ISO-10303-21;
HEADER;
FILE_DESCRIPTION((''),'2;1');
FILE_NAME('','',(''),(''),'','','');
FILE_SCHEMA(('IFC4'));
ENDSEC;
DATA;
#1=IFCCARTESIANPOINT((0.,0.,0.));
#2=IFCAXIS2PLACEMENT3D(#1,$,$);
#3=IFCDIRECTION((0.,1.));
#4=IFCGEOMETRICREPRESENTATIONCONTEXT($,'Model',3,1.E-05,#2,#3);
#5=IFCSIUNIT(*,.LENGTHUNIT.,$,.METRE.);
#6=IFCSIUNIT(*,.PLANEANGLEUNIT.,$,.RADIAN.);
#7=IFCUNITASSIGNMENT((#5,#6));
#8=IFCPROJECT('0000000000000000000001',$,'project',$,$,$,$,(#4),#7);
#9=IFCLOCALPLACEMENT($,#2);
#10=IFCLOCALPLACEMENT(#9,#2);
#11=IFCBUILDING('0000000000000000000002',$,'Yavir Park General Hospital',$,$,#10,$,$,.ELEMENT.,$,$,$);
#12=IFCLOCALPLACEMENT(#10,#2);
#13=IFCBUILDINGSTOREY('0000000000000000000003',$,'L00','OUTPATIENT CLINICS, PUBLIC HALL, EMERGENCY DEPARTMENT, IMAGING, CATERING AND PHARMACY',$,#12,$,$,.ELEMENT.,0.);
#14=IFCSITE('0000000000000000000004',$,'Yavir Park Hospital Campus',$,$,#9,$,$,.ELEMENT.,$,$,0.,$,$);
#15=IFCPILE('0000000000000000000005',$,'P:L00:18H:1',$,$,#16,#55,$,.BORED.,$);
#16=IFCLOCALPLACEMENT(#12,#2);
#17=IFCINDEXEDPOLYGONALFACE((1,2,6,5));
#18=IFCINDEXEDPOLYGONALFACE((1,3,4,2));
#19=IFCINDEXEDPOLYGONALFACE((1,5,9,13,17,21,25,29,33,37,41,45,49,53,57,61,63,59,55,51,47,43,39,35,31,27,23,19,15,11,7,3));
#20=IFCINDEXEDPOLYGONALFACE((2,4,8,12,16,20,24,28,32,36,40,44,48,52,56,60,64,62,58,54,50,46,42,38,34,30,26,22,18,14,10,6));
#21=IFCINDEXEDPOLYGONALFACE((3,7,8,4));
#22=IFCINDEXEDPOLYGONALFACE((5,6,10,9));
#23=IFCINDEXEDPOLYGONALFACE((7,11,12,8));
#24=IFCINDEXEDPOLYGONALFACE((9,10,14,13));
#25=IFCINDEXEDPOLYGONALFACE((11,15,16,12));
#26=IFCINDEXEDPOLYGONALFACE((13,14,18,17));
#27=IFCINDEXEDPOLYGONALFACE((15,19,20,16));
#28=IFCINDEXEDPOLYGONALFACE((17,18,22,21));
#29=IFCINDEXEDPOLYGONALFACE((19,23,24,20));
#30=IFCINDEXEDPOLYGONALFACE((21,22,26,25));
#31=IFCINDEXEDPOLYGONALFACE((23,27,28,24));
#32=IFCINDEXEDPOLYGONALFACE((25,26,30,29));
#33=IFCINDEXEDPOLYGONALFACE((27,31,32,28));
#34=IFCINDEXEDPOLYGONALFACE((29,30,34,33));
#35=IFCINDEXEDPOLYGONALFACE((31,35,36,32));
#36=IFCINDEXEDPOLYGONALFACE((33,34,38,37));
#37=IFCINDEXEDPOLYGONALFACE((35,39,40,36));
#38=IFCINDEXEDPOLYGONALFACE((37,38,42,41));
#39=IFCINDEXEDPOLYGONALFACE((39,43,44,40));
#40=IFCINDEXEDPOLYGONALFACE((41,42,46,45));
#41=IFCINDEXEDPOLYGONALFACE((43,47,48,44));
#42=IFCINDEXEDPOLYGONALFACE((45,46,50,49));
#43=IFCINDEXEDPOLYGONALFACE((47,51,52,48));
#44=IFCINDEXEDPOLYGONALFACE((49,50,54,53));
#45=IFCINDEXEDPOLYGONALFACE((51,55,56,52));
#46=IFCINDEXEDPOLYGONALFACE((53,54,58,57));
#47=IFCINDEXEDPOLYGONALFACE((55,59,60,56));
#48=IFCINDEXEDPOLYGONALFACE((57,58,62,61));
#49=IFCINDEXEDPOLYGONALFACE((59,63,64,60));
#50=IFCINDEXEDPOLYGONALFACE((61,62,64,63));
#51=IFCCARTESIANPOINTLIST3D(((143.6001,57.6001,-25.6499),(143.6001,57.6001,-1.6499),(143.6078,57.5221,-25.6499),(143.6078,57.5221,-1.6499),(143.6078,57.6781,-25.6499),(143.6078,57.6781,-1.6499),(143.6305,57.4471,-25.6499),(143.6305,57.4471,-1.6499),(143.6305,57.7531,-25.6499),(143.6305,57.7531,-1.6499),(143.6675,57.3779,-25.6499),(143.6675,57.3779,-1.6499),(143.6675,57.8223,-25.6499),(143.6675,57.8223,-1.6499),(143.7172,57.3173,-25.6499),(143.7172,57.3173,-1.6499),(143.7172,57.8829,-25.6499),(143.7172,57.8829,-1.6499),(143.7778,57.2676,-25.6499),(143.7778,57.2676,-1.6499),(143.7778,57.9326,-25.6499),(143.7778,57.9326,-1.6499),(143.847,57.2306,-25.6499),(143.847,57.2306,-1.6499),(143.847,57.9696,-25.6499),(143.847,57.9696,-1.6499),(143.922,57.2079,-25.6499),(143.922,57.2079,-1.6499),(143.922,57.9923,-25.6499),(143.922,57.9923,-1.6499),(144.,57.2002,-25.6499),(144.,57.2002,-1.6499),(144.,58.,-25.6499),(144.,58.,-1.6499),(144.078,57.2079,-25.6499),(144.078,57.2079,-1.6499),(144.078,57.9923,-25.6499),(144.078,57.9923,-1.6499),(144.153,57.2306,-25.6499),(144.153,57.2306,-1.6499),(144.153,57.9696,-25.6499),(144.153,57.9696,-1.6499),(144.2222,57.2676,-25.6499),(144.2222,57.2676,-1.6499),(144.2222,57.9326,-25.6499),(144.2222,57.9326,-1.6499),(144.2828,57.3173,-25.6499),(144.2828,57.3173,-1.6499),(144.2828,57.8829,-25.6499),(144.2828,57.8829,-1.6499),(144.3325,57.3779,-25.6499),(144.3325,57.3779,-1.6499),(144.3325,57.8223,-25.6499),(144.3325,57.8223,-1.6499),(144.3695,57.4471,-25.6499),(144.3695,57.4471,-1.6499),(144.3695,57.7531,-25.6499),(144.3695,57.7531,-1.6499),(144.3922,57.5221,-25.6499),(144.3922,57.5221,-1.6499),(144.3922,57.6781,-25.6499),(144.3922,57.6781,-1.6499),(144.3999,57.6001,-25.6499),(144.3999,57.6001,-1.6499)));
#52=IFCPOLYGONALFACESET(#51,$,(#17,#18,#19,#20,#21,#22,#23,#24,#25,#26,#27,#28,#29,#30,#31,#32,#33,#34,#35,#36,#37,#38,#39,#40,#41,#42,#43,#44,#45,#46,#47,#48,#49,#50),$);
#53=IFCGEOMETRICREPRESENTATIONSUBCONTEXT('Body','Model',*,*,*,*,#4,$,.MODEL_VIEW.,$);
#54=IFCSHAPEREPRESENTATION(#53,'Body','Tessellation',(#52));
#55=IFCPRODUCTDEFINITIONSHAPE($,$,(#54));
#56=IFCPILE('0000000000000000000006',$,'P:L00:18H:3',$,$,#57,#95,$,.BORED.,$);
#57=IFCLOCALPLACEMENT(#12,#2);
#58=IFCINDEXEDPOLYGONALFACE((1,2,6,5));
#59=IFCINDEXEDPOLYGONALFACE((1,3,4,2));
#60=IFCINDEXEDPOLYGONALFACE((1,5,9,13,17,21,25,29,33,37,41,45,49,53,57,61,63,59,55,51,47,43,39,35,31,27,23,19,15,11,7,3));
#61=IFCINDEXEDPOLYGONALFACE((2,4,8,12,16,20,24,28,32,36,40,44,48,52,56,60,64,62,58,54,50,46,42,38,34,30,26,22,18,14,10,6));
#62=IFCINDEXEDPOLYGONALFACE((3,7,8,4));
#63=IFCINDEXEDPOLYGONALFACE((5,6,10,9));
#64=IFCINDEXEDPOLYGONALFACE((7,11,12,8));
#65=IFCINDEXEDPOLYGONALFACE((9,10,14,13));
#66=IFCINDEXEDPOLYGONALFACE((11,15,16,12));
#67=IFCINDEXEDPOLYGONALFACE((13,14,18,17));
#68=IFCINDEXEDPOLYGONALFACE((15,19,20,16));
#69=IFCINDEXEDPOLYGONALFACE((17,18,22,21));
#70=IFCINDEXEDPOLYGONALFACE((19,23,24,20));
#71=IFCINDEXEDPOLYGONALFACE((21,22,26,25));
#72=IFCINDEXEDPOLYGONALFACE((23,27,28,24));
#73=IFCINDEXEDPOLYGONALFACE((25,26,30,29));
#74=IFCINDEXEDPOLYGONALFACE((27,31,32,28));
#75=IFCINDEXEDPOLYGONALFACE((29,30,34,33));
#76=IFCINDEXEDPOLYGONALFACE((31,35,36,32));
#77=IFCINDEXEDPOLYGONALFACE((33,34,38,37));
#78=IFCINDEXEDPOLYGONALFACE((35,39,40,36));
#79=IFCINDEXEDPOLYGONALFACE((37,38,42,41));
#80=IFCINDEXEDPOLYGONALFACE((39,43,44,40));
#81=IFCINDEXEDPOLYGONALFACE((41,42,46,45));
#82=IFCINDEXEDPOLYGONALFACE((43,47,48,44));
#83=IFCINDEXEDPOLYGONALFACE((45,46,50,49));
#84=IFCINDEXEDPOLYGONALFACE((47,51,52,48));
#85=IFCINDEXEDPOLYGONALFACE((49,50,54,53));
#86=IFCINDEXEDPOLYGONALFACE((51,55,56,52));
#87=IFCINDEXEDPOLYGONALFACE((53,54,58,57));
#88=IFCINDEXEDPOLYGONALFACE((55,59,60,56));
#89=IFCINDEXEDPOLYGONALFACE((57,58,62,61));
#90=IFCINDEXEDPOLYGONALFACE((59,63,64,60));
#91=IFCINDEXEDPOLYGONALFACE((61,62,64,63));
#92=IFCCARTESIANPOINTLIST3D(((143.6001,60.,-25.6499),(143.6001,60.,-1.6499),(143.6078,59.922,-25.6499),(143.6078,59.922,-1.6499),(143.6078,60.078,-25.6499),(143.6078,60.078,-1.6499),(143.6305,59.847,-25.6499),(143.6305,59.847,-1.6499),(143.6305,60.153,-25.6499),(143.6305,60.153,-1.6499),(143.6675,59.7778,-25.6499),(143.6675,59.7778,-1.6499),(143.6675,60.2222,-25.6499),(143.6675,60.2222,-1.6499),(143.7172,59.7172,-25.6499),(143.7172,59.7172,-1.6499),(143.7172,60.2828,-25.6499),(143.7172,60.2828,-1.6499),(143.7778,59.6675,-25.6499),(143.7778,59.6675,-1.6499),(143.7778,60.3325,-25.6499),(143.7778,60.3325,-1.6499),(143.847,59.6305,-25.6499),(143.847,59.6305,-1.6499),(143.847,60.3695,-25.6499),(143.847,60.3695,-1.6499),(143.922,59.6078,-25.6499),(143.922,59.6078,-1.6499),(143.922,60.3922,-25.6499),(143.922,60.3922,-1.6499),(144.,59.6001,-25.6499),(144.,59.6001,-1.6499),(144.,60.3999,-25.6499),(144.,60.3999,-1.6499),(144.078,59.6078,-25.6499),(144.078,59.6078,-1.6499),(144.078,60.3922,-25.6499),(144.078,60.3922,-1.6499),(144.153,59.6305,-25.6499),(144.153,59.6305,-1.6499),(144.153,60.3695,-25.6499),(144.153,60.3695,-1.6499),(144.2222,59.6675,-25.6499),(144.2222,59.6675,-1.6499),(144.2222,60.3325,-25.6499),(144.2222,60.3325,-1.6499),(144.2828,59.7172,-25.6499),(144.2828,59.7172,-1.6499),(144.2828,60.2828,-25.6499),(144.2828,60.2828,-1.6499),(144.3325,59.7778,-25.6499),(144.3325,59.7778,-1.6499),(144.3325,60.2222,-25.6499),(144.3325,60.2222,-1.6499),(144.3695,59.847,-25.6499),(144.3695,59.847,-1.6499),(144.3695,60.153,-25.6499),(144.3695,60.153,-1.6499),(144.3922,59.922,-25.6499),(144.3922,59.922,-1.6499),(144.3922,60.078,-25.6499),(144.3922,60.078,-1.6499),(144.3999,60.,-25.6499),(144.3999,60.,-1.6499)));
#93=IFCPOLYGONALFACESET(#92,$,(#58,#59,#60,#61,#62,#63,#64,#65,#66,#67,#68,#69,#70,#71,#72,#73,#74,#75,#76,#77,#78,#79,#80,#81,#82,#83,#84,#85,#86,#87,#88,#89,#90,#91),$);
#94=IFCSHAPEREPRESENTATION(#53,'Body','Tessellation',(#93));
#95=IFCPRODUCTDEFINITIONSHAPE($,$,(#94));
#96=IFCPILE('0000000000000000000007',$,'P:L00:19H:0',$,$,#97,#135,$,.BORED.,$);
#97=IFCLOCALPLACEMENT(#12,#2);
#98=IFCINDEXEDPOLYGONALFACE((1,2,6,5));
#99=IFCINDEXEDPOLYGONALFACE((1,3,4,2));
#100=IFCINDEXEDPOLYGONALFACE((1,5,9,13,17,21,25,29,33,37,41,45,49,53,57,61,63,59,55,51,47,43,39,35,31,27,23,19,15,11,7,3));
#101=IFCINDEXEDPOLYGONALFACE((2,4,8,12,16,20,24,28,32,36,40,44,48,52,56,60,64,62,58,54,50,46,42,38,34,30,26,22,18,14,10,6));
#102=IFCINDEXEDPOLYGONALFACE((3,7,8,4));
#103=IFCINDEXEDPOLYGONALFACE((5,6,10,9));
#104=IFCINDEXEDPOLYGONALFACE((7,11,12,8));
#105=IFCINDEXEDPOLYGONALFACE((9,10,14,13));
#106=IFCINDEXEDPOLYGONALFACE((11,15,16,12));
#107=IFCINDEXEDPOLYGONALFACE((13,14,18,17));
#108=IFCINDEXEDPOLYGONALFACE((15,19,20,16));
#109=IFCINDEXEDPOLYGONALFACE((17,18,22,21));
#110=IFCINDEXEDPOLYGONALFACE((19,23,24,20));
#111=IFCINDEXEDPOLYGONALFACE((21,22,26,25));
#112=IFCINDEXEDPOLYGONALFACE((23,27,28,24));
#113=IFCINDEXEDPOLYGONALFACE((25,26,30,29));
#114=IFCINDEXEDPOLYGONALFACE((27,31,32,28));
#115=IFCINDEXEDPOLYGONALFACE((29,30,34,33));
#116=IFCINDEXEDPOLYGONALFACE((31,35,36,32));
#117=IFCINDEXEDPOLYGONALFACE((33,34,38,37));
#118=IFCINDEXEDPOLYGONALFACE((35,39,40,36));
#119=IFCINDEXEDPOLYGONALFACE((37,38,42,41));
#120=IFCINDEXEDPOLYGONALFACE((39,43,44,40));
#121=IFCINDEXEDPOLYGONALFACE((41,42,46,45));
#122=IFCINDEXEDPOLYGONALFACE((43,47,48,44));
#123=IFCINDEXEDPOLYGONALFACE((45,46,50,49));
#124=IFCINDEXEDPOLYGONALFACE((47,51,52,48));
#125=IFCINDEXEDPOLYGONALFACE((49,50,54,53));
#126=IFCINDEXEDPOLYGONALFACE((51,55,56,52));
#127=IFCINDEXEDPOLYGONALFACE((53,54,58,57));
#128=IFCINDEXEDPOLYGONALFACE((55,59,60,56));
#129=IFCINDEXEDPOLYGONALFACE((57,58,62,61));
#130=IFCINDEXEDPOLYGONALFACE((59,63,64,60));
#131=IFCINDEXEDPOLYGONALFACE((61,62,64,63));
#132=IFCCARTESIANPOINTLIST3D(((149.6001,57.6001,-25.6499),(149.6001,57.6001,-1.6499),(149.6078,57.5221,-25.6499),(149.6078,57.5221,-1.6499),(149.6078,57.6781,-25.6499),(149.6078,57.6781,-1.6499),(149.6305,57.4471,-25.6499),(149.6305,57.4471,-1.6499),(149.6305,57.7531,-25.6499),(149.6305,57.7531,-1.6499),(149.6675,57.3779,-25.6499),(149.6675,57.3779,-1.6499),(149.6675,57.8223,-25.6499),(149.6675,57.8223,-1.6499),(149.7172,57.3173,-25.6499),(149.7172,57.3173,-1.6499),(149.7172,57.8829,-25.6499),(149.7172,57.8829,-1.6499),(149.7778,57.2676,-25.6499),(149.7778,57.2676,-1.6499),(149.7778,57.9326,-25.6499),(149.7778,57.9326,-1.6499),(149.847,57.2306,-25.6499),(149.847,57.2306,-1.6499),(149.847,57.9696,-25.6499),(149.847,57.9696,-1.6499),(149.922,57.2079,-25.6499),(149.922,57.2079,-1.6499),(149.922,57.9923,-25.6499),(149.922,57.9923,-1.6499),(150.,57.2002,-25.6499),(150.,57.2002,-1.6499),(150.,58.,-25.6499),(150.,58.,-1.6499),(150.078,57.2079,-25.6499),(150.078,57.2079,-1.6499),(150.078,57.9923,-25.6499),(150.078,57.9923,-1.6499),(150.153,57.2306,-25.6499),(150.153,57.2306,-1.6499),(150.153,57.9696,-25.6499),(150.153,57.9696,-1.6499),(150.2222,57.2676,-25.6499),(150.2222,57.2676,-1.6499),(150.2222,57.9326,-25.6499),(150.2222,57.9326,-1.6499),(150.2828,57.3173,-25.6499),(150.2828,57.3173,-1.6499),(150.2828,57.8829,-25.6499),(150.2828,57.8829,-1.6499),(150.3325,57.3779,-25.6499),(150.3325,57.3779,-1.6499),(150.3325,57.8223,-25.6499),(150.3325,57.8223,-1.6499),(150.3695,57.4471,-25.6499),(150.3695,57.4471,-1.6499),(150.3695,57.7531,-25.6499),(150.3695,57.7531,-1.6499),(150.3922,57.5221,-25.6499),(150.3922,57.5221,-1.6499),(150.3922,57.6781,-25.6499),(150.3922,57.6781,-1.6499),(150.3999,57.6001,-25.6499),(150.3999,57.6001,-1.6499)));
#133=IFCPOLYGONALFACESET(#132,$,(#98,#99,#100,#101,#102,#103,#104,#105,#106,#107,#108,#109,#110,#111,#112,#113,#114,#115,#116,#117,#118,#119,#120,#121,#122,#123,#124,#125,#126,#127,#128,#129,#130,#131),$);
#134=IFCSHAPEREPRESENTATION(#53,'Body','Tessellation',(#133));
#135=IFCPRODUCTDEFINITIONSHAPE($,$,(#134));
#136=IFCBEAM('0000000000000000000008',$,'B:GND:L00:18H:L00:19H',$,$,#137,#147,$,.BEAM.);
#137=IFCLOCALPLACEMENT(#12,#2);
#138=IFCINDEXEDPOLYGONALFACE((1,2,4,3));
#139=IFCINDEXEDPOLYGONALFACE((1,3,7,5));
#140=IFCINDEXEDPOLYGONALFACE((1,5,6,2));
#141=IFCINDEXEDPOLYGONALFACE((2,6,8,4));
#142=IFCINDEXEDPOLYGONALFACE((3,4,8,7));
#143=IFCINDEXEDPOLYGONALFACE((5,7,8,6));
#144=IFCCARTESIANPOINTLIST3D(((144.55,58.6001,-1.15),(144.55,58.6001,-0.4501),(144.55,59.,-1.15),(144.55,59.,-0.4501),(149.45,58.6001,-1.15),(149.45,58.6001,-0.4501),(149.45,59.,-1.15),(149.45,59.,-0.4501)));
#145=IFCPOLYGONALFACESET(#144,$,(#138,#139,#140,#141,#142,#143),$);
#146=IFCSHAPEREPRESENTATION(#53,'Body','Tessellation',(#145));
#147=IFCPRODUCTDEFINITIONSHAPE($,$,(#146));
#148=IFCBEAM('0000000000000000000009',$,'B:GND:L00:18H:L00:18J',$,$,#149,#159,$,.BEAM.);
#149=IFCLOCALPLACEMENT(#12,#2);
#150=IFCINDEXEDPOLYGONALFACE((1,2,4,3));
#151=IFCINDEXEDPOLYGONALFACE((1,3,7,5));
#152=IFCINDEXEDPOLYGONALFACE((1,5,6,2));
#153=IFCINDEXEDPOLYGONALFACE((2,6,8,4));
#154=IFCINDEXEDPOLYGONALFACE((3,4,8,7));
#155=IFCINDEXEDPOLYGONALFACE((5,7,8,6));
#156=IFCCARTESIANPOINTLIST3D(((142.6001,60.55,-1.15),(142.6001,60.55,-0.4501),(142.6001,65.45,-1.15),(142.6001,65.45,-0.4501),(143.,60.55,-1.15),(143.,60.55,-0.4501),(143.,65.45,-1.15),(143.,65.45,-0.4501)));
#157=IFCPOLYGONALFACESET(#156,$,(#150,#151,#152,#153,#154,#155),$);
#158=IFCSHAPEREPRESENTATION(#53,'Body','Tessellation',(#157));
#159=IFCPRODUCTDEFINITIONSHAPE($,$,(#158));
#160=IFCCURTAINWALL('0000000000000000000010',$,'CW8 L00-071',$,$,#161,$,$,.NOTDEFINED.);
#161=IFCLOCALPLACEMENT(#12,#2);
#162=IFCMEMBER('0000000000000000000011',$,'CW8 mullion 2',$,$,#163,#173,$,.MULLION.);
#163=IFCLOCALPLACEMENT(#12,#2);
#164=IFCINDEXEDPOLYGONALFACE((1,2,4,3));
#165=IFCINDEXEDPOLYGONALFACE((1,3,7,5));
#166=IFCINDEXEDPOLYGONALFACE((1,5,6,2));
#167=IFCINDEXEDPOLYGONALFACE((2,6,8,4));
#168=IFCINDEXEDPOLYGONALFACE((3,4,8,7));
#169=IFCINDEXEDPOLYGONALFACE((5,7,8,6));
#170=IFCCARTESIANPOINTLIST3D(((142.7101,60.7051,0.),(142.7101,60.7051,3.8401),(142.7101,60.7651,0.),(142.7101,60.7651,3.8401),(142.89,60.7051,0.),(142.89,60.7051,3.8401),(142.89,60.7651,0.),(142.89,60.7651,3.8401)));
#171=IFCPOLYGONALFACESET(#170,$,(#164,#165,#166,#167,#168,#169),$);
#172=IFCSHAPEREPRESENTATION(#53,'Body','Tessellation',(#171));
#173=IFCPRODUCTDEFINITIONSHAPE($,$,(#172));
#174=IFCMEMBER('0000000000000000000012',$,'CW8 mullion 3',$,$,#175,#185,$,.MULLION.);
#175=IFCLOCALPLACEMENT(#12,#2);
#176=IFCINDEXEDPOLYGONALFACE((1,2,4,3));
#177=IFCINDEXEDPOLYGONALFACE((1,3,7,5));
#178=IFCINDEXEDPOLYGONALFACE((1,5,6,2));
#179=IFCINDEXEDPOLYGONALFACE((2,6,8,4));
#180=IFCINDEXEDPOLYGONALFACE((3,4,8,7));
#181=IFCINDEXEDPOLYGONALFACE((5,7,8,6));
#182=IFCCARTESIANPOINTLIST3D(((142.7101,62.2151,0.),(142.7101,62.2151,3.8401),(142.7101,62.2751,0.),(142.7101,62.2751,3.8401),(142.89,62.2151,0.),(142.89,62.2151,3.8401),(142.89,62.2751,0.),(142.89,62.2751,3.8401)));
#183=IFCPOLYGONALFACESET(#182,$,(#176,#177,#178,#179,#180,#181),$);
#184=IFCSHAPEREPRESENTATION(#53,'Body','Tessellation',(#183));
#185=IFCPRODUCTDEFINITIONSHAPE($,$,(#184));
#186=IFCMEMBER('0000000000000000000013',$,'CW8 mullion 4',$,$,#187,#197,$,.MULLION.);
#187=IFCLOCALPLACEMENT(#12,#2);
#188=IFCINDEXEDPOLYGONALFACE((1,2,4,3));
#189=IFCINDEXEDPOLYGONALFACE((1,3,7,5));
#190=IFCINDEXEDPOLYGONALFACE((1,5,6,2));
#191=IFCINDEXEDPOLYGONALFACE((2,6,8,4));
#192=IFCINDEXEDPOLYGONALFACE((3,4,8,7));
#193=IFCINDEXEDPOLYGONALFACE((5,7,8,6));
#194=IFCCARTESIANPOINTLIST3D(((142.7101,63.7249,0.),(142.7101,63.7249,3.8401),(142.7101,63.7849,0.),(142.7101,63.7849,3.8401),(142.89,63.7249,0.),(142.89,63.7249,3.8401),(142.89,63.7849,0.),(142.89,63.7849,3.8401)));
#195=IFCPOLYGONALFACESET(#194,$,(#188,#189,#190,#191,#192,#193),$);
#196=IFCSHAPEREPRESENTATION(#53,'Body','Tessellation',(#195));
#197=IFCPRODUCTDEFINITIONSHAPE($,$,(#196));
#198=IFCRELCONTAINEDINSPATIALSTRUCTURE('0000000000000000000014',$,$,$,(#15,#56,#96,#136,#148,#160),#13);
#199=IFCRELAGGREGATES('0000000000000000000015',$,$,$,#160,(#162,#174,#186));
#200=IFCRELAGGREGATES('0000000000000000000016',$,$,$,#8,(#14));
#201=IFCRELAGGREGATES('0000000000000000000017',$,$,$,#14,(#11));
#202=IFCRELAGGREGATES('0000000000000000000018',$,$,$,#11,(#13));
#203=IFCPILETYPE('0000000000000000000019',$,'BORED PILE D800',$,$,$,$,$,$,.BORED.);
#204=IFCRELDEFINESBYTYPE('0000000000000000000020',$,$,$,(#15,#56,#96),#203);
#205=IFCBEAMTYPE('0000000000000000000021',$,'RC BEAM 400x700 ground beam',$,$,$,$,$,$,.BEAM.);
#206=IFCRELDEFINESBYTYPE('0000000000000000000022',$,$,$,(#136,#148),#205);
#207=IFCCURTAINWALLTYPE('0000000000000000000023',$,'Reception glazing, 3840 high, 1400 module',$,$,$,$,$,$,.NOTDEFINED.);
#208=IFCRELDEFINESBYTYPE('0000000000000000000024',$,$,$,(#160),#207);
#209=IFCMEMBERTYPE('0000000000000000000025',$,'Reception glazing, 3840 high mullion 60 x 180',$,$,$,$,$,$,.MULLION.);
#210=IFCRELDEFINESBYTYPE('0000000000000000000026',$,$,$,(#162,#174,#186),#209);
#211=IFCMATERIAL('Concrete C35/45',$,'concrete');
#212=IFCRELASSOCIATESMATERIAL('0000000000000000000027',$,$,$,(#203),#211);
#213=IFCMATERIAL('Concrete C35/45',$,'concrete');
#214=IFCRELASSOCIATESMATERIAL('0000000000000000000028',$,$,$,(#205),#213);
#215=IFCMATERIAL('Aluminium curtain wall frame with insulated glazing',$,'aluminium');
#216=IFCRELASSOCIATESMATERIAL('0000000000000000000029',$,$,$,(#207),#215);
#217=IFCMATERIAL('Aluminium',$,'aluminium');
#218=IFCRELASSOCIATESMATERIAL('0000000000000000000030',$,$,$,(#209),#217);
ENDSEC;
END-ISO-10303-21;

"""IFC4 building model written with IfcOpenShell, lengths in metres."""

from ifc_helpers import new_model, si_unit, direction, frame, origin, origin_2d, place, context, subcontext, project, spatial, rectangle, circle, extrude, material, material_profile, profile_set, type_object, element, aggregate, save


model = new_model("IFC4")

# Units and contexts
model_context = context("Model", 3, precision=1e-05, world=origin(), true_north=direction((0.0, 1.0)))
body_context = subcontext(model_context, "Body", "Model", "MODEL_VIEW")
ifc_project = project(units=[si_unit("LENGTHUNIT", "METRE"), si_unit("PLANEANGLEUNIT", "RADIAN")], contexts=[model_context])

# Site, building, storey
site_placement = place(None, origin())
site = spatial("IfcSite", under=ifc_project, at=site_placement, Name="Yavir Park Hospital Campus", CompositionType="ELEMENT", RefElevation=0.0)
building_placement = place(site_placement, origin())
building = spatial("IfcBuilding", under=site, at=building_placement, Name="Yavir Park General Hospital", CompositionType="ELEMENT")
storey_placement = place(building_placement, origin())
storey = spatial("IfcBuildingStorey", under=building, at=storey_placement, Name="L00", Description="OUTPATIENT CLINICS, PUBLIC HALL, EMERGENCY DEPARTMENT, IMAGING, CATERING AND PHARMACY", CompositionType="ELEMENT", Elevation=0.0)

# Piles
ifc_material_1 = material(Name="Concrete C35/45", Category="concrete")
ifc_material_profile_1 = material_profile(ifc_material_1, circle(Radius=0.3999, at=origin_2d()), Name="D800")
ifc_profile_set_1 = profile_set([ifc_material_profile_1], Name="Concrete C35/45")
pile_type = type_object("IfcPileType", Name="BORED PILE D800", PredefinedType="BORED", material=ifc_profile_set_1)
for number, where, z_axis, x_axis, name in (
    (1, (144.0, 57.6001, -1.6499), (0.0, 0.0, -1.0), (1.0, 0.0, 0.0), "P:L00:18H:1"),
    (2, (144.0, 60.0, -1.6499), (0.0, 0.0, -1.0), (1.0, 0.0, 0.0), "P:L00:18H:3"),
    (3, (150.0, 57.6001, -1.6499), (0.0, 0.0, -1.0), (1.0, 0.0, 0.0), "P:L00:19H:0"),
):
    element("IfcPile", number, at=place(storey_placement, frame(where, z_axis=z_axis, x_axis=x_axis)), inside=storey, type_object=pile_type, Name=name, PredefinedType="BORED", context=body_context, shape_type="SweptSolid", body=[
        extrude(circle(Radius=0.3999, at=origin_2d()), origin(), (0.0, 0.0, 1.0), 24.0),
    ])

# Beams
ifc_material_2 = material(Name="Concrete C35/45", Category="concrete")
ifc_material_profile_2 = material_profile(ifc_material_2, rectangle(XDim=0.3999, YDim=0.7, at=origin_2d()), Name="RC400x700")
ifc_profile_set_2 = profile_set([ifc_material_profile_2], Name="Concrete C35/45")
beam_type = type_object("IfcBeamType", Name="RC BEAM 400x700 ground beam", PredefinedType="BEAM", material=ifc_profile_set_2)
for number, where, z_axis, x_axis, name in (
    (4, (144.55, 58.8, -0.8), (1.0, 0.0, 0.0), (0.0, 1.0, 0.0), "B:GND:L00:18H:L00:19H"),
    (5, (142.8, 60.55, -0.8), (0.0, 1.0, 0.0), (-1.0, 0.0, 0.0), "B:GND:L00:18H:L00:18J"),
):
    element("IfcBeam", number, at=place(storey_placement, frame(where, z_axis=z_axis, x_axis=x_axis)), inside=storey, type_object=beam_type, Name=name, PredefinedType="BEAM", context=body_context, shape_type="SweptSolid", body=[
        extrude(rectangle(XDim=0.3999, YDim=0.7, at=origin_2d()), origin(), (0.0, 0.0, 1.0), 4.8999),
    ])

# Curtain wall, members
ifc_material_3 = material(Name="Aluminium curtain wall frame with insulated glazing", Category="aluminium")
curtain_wall_type = type_object("IfcCurtainWallType", Name="Reception glazing, 3840 high, 1400 module", PredefinedType="NOTDEFINED", material=ifc_material_3)
curtain_wall_placement = place(storey_placement, origin())
curtain_wall = element("IfcCurtainWall", 6, at=curtain_wall_placement, inside=storey, type_object=curtain_wall_type, Name="CW8 L00-071", PredefinedType="NOTDEFINED")
ifc_material_4 = material(Name="Aluminium", Category="aluminium")
ifc_material_profile_3 = material_profile(ifc_material_4, rectangle(XDim=0.1799, YDim=0.0601, at=origin_2d()), Name="AL 60x180")
ifc_profile_set_3 = profile_set([ifc_material_profile_3], Name="Aluminium")
member_type_1 = type_object("IfcMemberType", Name="Reception glazing, 3840 high mullion 60 x 180", PredefinedType="MULLION", material=ifc_profile_set_3)
member_1_placement = place(storey_placement, frame((142.8, 60.7351, 0.0), z_axis=(0.0, 0.0, 1.0), x_axis=(-1.0, 0.0, 0.0)))
member_1 = element("IfcMember", 7, at=member_1_placement, type_object=member_type_1, Name="CW8 mullion 2", PredefinedType="MULLION", context=body_context, shape_type="SweptSolid", body=[
    extrude(rectangle(XDim=0.1799, YDim=0.0601, at=origin_2d()), origin(), (0.0, 0.0, 1.0), 3.8401),
])
member_2_placement = place(storey_placement, frame((142.8, 62.2451, 0.0), z_axis=(0.0, 0.0, 1.0), x_axis=(-1.0, 0.0, 0.0)))
member_2 = element("IfcMember", 8, at=member_2_placement, type_object=member_type_1, Name="CW8 mullion 3", PredefinedType="MULLION", context=body_context, shape_type="SweptSolid", body=[
    extrude(rectangle(XDim=0.1799, YDim=0.0601, at=origin_2d()), origin(), (0.0, 0.0, 1.0), 3.8401),
])
member_3_placement = place(storey_placement, frame((142.8, 63.7549, 0.0), z_axis=(0.0, 0.0, 1.0), x_axis=(-1.0, 0.0, 0.0)))
member_3 = element("IfcMember", 9, at=member_3_placement, type_object=member_type_1, Name="CW8 mullion 4", PredefinedType="MULLION", context=body_context, shape_type="SweptSolid", body=[
    extrude(rectangle(XDim=0.1799, YDim=0.0601, at=origin_2d()), origin(), (0.0, 0.0, 1.0), 3.8401),
])
aggregate(curtain_wall, [member_1, member_2, member_3])

save(model, "model.ifc")
